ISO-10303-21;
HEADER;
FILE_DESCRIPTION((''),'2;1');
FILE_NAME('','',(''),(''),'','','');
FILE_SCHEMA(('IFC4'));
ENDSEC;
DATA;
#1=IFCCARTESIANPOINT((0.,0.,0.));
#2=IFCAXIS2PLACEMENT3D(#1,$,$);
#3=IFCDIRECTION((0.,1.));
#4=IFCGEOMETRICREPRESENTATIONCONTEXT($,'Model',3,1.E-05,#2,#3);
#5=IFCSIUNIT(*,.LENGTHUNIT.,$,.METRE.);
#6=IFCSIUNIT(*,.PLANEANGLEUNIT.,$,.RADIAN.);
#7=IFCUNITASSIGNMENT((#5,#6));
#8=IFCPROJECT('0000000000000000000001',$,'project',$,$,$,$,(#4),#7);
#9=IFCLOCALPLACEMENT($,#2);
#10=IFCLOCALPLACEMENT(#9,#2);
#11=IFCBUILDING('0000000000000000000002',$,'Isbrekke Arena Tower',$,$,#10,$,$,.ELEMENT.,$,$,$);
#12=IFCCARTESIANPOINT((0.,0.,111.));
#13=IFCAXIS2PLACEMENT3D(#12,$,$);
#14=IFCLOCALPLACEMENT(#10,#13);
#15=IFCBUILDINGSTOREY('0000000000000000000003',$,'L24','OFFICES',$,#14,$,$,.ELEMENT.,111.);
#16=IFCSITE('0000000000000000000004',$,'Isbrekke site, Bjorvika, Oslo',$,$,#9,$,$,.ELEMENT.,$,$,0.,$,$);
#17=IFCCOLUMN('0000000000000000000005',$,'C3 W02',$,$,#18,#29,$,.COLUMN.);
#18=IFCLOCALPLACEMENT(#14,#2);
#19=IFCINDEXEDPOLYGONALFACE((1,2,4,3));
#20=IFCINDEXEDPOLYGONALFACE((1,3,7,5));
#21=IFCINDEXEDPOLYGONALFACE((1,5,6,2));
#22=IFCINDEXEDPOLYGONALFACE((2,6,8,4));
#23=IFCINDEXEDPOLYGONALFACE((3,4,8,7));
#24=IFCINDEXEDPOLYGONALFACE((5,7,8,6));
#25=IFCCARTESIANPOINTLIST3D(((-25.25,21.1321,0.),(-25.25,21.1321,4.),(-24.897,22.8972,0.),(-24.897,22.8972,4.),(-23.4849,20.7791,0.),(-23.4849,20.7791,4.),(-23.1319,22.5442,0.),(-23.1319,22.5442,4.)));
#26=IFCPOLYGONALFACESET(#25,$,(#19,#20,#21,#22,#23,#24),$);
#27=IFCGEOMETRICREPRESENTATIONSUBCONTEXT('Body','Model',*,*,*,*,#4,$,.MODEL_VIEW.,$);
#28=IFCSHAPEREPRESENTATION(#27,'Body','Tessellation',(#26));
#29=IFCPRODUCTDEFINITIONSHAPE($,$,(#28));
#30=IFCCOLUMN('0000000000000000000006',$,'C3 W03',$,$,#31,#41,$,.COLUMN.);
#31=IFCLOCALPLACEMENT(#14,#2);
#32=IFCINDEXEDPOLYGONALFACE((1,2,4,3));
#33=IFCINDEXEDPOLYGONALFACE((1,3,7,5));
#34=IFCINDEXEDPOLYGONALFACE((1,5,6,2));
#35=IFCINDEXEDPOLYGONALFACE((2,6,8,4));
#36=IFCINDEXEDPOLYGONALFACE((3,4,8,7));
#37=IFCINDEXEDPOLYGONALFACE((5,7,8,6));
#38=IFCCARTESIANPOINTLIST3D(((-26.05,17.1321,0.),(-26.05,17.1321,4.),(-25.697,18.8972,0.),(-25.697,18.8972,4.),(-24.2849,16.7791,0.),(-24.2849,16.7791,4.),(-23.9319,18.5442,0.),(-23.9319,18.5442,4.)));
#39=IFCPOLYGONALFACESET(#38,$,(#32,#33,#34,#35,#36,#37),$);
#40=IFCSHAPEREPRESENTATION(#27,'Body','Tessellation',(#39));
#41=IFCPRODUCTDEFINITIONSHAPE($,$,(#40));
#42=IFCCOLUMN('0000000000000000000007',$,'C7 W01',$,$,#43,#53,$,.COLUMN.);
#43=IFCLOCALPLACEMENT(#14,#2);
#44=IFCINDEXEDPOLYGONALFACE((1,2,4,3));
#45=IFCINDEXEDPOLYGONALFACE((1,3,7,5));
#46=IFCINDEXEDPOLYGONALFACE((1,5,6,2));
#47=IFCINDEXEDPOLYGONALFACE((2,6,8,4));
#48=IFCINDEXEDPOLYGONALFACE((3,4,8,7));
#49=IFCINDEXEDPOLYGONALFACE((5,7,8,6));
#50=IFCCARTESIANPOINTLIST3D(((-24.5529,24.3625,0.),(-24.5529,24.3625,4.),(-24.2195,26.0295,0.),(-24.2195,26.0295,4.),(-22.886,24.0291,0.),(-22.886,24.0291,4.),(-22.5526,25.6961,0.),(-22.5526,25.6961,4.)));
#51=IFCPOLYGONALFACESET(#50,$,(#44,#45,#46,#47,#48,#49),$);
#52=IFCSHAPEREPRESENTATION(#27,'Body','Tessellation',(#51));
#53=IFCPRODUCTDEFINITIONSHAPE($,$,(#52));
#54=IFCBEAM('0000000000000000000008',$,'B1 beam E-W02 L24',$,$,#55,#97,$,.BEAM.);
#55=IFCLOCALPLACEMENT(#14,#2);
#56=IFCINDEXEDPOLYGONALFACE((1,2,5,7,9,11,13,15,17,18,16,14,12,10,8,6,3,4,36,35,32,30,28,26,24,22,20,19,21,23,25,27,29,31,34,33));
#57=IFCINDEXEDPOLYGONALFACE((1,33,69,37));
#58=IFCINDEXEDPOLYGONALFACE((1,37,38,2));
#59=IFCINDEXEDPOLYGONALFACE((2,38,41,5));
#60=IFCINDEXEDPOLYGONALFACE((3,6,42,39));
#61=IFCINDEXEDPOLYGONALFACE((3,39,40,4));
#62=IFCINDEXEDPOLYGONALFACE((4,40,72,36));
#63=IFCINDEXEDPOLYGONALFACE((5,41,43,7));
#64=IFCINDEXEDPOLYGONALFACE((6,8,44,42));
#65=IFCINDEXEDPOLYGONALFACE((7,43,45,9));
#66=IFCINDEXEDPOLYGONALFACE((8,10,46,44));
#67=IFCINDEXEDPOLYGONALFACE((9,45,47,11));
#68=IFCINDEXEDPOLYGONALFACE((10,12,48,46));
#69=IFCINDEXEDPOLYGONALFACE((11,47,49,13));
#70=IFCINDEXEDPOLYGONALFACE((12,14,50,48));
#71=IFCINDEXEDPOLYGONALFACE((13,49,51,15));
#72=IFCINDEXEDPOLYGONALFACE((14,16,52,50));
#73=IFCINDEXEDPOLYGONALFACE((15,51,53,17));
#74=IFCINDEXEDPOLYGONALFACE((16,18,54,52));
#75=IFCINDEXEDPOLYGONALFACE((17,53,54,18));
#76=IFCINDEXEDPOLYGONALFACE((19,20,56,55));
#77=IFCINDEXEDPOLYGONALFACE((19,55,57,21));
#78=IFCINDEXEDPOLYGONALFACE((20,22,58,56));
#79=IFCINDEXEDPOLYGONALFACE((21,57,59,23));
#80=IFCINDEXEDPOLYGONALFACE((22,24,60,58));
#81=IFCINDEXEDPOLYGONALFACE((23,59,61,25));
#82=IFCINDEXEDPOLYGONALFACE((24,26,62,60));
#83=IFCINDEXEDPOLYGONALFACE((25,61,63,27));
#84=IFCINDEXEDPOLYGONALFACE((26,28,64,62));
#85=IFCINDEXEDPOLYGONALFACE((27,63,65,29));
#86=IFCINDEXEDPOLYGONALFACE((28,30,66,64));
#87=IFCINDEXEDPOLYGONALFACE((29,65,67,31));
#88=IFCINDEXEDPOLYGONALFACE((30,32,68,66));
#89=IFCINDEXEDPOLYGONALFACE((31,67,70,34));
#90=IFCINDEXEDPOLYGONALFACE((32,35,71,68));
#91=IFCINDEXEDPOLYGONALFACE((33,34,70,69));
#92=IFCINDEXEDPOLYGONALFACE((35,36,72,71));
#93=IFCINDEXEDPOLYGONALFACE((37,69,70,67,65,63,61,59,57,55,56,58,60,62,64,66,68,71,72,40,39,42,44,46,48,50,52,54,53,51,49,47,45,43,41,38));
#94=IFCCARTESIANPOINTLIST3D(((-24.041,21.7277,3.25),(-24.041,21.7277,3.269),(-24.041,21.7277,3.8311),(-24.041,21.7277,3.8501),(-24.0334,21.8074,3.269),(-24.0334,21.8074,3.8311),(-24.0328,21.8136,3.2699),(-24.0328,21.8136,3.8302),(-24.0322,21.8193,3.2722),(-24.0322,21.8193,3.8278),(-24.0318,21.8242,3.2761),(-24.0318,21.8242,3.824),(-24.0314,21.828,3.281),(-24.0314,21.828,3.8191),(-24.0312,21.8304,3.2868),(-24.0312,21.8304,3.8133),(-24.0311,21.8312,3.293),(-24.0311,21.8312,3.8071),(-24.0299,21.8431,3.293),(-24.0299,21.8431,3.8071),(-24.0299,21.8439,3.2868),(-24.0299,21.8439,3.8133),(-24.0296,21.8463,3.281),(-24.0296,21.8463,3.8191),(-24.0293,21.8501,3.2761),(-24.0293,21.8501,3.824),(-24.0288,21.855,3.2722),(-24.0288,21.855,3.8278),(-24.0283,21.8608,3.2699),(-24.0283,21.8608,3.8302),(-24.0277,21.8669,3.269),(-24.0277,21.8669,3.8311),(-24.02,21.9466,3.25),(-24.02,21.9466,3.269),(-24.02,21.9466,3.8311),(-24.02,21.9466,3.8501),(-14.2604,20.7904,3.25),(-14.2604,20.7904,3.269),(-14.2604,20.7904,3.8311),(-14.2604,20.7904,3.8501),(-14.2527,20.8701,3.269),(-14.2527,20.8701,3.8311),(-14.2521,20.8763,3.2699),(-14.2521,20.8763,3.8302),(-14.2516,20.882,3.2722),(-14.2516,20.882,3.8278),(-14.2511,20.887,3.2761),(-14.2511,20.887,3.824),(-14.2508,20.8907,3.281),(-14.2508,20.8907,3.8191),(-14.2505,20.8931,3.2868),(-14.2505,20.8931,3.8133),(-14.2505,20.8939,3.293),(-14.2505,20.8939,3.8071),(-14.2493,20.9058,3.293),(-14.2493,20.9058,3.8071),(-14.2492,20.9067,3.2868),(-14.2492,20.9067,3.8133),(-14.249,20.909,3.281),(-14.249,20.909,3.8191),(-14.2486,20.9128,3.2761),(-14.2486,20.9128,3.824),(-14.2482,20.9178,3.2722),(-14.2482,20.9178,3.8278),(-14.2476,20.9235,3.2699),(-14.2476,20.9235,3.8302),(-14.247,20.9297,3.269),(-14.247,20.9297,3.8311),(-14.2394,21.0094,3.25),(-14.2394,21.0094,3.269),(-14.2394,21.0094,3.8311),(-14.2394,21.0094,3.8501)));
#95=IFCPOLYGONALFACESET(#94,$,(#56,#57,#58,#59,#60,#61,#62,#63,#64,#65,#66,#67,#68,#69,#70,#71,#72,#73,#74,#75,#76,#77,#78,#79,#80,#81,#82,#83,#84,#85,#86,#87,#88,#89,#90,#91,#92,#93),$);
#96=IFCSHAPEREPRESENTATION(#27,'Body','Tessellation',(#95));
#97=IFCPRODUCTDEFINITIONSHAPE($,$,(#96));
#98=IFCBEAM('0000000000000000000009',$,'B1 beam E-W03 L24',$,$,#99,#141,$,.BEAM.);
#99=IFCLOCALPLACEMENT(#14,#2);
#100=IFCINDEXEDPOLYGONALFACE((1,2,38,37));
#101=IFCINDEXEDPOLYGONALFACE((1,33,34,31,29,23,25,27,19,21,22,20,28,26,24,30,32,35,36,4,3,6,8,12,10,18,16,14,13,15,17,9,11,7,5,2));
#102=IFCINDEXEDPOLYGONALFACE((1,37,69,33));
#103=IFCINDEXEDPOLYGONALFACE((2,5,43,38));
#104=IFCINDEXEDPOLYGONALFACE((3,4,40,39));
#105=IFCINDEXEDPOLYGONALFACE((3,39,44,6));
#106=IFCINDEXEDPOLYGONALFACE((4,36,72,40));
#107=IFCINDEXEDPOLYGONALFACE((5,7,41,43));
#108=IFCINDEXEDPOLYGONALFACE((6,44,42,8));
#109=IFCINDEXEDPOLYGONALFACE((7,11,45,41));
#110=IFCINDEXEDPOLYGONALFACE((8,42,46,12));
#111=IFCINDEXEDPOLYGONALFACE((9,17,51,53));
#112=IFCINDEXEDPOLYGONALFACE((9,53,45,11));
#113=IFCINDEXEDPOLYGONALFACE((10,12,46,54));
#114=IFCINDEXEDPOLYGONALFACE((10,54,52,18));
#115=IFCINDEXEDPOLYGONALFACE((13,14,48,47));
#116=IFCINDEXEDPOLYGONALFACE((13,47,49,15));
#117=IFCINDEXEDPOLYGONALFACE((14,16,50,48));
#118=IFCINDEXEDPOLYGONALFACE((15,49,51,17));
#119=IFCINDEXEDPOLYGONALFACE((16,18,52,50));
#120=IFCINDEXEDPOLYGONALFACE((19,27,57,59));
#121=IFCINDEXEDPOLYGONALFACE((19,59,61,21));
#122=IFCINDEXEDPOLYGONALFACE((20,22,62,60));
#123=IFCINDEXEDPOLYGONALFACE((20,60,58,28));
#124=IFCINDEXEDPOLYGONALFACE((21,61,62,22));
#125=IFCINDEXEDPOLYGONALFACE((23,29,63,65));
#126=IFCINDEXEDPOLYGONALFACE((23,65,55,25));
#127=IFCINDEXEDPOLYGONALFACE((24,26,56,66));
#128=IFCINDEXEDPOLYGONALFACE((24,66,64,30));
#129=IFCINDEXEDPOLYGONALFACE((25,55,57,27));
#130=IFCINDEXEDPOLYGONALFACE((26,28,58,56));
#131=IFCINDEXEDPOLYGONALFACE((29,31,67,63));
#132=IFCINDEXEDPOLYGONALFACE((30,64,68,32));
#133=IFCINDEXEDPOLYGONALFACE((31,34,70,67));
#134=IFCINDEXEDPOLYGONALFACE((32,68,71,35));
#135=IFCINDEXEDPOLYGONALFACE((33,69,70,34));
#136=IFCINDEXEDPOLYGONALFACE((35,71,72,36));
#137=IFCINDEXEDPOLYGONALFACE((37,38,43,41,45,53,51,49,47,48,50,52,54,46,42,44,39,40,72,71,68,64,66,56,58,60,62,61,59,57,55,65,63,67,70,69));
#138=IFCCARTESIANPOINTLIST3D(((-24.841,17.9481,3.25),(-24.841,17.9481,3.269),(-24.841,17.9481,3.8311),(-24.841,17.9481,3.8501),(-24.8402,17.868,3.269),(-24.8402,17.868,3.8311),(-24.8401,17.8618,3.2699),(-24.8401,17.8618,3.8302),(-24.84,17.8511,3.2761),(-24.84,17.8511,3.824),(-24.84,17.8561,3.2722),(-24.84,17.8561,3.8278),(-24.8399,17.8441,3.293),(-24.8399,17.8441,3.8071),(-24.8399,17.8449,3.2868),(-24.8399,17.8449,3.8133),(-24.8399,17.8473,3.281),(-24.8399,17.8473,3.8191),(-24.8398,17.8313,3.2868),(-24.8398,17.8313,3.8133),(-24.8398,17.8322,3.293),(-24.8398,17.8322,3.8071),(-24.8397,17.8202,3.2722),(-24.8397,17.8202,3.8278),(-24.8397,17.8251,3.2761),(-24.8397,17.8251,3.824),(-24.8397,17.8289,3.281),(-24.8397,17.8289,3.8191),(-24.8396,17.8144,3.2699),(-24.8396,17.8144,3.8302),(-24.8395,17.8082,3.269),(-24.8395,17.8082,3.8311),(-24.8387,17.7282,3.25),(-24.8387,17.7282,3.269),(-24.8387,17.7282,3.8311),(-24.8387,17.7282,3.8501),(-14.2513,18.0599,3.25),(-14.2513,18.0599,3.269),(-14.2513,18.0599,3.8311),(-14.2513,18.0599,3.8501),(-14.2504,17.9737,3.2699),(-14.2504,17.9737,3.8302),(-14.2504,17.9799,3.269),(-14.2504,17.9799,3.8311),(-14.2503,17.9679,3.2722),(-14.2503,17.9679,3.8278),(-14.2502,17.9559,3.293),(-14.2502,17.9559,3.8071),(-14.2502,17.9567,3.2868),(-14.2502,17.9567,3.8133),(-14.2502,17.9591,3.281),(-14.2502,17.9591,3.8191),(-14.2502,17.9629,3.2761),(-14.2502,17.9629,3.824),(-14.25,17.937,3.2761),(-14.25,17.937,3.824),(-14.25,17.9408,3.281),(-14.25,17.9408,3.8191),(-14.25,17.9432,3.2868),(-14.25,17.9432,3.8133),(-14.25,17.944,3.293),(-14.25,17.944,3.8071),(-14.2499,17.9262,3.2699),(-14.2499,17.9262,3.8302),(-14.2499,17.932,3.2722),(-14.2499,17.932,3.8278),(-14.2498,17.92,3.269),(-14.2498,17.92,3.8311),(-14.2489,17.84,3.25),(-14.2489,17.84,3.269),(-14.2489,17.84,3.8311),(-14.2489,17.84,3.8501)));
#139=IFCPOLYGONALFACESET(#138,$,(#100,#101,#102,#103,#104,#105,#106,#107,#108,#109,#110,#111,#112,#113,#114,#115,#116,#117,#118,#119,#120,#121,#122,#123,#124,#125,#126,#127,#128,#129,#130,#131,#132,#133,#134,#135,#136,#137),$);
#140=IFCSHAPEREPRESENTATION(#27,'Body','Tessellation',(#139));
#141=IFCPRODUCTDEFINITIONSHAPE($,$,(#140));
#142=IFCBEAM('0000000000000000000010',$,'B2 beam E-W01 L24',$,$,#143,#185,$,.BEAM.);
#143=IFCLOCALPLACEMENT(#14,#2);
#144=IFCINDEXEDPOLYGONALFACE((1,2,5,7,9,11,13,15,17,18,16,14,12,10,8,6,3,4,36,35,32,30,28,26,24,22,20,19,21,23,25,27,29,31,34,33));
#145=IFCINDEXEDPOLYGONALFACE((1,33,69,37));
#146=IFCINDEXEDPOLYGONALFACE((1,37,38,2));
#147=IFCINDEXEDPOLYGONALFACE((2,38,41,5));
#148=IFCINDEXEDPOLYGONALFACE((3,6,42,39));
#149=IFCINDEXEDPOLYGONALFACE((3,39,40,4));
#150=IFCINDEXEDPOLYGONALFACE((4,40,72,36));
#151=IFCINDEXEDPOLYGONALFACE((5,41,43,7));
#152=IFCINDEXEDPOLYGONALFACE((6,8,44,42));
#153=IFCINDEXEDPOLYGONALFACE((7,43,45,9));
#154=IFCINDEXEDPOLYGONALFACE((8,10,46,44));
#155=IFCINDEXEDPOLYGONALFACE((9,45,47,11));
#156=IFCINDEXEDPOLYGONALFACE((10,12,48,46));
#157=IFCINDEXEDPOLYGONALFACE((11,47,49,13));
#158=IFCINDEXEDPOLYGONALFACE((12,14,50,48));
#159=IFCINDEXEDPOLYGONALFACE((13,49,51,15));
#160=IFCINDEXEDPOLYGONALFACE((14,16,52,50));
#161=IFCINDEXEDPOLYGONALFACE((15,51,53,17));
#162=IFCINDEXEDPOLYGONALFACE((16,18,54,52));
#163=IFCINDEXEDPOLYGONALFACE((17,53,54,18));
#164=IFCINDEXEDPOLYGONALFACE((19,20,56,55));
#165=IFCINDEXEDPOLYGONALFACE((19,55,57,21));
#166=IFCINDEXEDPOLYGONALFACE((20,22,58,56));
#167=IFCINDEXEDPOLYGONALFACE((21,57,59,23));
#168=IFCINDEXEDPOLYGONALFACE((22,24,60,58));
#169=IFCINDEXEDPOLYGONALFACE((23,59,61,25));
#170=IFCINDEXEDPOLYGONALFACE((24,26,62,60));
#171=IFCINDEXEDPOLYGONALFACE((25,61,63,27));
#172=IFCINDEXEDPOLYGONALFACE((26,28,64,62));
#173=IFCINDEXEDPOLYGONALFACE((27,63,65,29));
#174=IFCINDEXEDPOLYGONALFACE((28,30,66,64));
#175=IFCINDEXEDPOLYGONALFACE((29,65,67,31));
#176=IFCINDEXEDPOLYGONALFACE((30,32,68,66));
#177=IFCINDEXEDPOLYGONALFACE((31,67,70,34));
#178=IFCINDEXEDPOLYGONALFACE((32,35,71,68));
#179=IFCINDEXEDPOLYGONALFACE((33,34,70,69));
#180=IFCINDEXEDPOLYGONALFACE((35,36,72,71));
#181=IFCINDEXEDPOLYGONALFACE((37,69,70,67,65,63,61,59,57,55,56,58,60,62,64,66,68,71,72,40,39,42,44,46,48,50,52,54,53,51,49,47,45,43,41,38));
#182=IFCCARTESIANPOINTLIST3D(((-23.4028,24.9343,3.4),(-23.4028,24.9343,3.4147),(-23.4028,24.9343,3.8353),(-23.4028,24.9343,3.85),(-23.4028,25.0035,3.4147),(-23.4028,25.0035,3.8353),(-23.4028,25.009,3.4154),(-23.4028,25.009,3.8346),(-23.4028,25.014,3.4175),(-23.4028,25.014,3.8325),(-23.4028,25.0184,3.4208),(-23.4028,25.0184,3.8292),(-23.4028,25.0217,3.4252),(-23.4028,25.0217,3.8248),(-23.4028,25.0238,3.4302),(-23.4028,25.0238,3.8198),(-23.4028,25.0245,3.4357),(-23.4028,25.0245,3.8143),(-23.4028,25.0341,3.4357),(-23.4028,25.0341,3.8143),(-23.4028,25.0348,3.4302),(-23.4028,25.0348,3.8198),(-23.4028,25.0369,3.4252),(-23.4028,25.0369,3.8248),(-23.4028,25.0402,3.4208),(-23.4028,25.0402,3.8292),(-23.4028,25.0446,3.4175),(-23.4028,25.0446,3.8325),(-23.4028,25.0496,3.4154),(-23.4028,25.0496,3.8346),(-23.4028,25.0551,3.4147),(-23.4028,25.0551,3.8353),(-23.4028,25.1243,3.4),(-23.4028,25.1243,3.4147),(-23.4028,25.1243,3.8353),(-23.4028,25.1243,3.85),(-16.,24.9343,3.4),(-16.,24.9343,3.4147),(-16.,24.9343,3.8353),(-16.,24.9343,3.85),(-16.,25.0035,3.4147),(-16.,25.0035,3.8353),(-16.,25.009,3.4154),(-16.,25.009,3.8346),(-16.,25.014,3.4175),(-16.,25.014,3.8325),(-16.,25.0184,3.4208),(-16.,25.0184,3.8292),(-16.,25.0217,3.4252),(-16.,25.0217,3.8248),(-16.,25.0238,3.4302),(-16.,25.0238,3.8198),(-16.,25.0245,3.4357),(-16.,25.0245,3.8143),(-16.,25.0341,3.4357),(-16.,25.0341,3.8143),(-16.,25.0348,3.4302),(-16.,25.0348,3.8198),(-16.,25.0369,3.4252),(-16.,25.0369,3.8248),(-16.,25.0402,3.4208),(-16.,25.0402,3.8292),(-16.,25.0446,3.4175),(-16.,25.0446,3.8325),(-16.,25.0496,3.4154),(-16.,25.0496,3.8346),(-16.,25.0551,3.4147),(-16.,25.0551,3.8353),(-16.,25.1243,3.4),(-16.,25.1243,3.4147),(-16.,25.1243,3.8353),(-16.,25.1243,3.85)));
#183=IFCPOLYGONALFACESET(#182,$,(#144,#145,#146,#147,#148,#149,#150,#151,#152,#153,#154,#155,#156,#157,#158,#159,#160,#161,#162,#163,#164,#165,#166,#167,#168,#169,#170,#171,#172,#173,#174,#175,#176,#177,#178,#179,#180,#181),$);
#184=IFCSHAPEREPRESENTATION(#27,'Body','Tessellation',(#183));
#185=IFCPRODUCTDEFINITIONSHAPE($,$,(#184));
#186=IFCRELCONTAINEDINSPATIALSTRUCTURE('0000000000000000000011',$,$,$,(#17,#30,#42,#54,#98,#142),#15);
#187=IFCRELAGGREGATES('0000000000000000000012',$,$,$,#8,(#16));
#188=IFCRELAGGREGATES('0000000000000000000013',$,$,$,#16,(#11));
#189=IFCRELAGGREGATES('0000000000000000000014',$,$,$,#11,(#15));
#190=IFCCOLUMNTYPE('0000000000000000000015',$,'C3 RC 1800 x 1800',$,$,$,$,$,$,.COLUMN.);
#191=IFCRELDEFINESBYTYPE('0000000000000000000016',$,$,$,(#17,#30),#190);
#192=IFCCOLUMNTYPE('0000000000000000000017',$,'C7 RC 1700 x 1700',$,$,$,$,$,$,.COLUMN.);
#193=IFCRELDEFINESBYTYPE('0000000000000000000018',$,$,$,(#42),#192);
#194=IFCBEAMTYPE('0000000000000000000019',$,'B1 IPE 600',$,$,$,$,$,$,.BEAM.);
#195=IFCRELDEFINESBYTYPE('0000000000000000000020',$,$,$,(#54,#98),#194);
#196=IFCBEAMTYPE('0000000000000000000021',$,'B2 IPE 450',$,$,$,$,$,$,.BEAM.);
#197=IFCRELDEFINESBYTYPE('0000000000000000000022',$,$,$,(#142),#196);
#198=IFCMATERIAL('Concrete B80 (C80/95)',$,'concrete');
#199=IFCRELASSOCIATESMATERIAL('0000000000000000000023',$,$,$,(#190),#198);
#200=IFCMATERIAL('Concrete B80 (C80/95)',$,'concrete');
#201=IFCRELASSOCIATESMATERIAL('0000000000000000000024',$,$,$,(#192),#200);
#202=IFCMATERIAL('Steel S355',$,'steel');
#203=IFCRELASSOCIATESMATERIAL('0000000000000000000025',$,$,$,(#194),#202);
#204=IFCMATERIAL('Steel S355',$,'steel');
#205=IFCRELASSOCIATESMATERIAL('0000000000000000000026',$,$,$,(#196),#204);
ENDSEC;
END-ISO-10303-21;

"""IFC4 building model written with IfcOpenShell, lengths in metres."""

from ifc_helpers import new_model, si_unit, direction, frame, origin, origin_2d, place, context, subcontext, project, spatial, rectangle, i_section, extrude, material, material_profile, profile_set, type_object, element, save


model = new_model("IFC4")

# Units and contexts
model_context = context("Model", 3, precision=1e-05, world=origin(), true_north=direction((0.0, 1.0)))
body_context = subcontext(model_context, "Body", "Model", "MODEL_VIEW")
ifc_project = project(units=[si_unit("LENGTHUNIT", "METRE"), si_unit("PLANEANGLEUNIT", "RADIAN")], contexts=[model_context])

# Site, building, storey
site_placement = place(None, origin())
site = spatial("IfcSite", under=ifc_project, at=site_placement, Name="Isbrekke site, Bjorvika, Oslo", CompositionType="ELEMENT", RefElevation=0.0)
building_placement = place(site_placement, origin())
building = spatial("IfcBuilding", under=site, at=building_placement, Name="Isbrekke Arena Tower", CompositionType="ELEMENT")
storey_placement = place(building_placement, frame((0.0, 0.0, 111.0)))
storey = spatial("IfcBuildingStorey", under=building, at=storey_placement, Name="L24", Description="OFFICES", CompositionType="ELEMENT", Elevation=111.0)

# Columns
ifc_material_1 = material(Name="Concrete B80 (C80/95)", Category="concrete")
ifc_material_profile_1 = material_profile(ifc_material_1, rectangle(XDim=1.8, YDim=1.8, at=origin_2d()), Name="RC 1800x1800")
ifc_profile_set_1 = profile_set([ifc_material_profile_1], Name="Concrete B80 (C80/95)")
column_type_1 = type_object("IfcColumnType", Name="C3 RC 1800 x 1800", PredefinedType="COLUMN", material=ifc_profile_set_1)
for number, where, z_axis, x_axis, name in (
    (1, (-24.1909, 21.8381, 0.0), (0.0, 0.0, 1.0), (-0.196116, -0.980581, 0.0), "C3 W02"),
    (2, (-24.991, 17.8381, 0.0), (0.0, 0.0, 1.0), (-0.196116, -0.980581, 0.0), "C3 W03"),
):
    element("IfcColumn", number, at=place(storey_placement, frame(where, z_axis=z_axis, x_axis=x_axis)), inside=storey, type_object=column_type_1, Name=name, PredefinedType="COLUMN", context=body_context, shape_type="SweptSolid", body=[
        extrude(rectangle(XDim=1.8, YDim=1.8, at=origin_2d()), origin(), (0.0, 0.0, 1.0), 4.0),
    ])
ifc_material_2 = material(Name="Concrete B80 (C80/95)", Category="concrete")
ifc_material_profile_2 = material_profile(ifc_material_2, rectangle(XDim=1.7, YDim=1.7, at=origin_2d()), Name="RC 1700x1700")
ifc_profile_set_2 = profile_set([ifc_material_profile_2], Name="Concrete B80 (C80/95)")
column_type_2 = type_object("IfcColumnType", Name="C7 RC 1700 x 1700", PredefinedType="COLUMN", material=ifc_profile_set_2)
column_placement = place(storey_placement, frame((-23.5527, 25.0293, 0.0), z_axis=(0.0, 0.0, 1.0), x_axis=(-0.196116, -0.980581, 0.0)))
element("IfcColumn", 3, at=column_placement, inside=storey, type_object=column_type_2, Name="C7 W01", PredefinedType="COLUMN", context=body_context, shape_type="SweptSolid", body=[
    extrude(rectangle(XDim=1.7, YDim=1.7, at=origin_2d()), origin(), (0.0, 0.0, 1.0), 4.0),
])

# Beams
ifc_material_3 = material(Name="Steel S355", Category="steel")
ifc_material_profile_3 = material_profile(ifc_material_3, i_section(OverallWidth=0.22, OverallDepth=0.6001, WebThickness=0.012, FlangeThickness=0.019, FilletRadius=0.0239, at=origin_2d()), Name="IPE 600")
ifc_profile_set_3 = profile_set([ifc_material_profile_3], Name="Steel S355")
beam_type_1 = type_object("IfcBeamType", Name="B1 IPE 600", PredefinedType="BEAM", material=ifc_profile_set_3)
beam_1_placement = place(storey_placement, frame((-24.0305, 21.8372, 3.55), z_axis=(0.99544, -0.095392, 0.0), x_axis=(0.095392, 0.99544, 0.0)))
element("IfcBeam", 4, at=beam_1_placement, inside=storey, type_object=beam_type_1, Name="B1 beam E-W02 L24", PredefinedType="BEAM", context=body_context, shape_type="SweptSolid", body=[
    extrude(i_section(OverallWidth=0.22, OverallDepth=0.6001, WebThickness=0.012, FlangeThickness=0.019, FilletRadius=0.0239, at=origin_2d()), origin(), (0.0, 0.0, 1.0), 9.8254),
])
beam_2_placement = place(storey_placement, frame((-24.8398, 17.8381, 3.55), z_axis=(0.999944, 0.010558, 0.0), x_axis=(-0.010558, 0.999944, 0.0)))
element("IfcBeam", 5, at=beam_2_placement, inside=storey, type_object=beam_type_1, Name="B1 beam E-W03 L24", PredefinedType="BEAM", context=body_context, shape_type="SweptSolid", body=[
    extrude(i_section(OverallWidth=0.22, OverallDepth=0.6001, WebThickness=0.012, FlangeThickness=0.019, FilletRadius=0.0239, at=origin_2d()), origin(), (0.0, 0.0, 1.0), 10.5903),
])
ifc_material_4 = material(Name="Steel S355", Category="steel")
ifc_material_profile_4 = material_profile(ifc_material_4, i_section(OverallWidth=0.1899, OverallDepth=0.45, WebThickness=0.0095, FlangeThickness=0.0146, FilletRadius=0.021, at=origin_2d()), Name="IPE 450")
ifc_profile_set_4 = profile_set([ifc_material_profile_4], Name="Steel S355")
beam_type_2 = type_object("IfcBeamType", Name="B2 IPE 450", PredefinedType="BEAM", material=ifc_profile_set_4)
beam_3_placement = place(storey_placement, frame((-23.4028, 25.0293, 3.625), z_axis=(1.0, 0.0, 0.0), x_axis=(0.0, 1.0, 0.0)))
element("IfcBeam", 6, at=beam_3_placement, inside=storey, type_object=beam_type_2, Name="B2 beam E-W01 L24", PredefinedType="BEAM", context=body_context, shape_type="SweptSolid", body=[
    extrude(i_section(OverallWidth=0.1899, OverallDepth=0.45, WebThickness=0.0095, FlangeThickness=0.0146, FilletRadius=0.021, at=origin_2d()), origin(), (0.0, 0.0, 1.0), 7.4028),
])

save(model, "model.ifc")
